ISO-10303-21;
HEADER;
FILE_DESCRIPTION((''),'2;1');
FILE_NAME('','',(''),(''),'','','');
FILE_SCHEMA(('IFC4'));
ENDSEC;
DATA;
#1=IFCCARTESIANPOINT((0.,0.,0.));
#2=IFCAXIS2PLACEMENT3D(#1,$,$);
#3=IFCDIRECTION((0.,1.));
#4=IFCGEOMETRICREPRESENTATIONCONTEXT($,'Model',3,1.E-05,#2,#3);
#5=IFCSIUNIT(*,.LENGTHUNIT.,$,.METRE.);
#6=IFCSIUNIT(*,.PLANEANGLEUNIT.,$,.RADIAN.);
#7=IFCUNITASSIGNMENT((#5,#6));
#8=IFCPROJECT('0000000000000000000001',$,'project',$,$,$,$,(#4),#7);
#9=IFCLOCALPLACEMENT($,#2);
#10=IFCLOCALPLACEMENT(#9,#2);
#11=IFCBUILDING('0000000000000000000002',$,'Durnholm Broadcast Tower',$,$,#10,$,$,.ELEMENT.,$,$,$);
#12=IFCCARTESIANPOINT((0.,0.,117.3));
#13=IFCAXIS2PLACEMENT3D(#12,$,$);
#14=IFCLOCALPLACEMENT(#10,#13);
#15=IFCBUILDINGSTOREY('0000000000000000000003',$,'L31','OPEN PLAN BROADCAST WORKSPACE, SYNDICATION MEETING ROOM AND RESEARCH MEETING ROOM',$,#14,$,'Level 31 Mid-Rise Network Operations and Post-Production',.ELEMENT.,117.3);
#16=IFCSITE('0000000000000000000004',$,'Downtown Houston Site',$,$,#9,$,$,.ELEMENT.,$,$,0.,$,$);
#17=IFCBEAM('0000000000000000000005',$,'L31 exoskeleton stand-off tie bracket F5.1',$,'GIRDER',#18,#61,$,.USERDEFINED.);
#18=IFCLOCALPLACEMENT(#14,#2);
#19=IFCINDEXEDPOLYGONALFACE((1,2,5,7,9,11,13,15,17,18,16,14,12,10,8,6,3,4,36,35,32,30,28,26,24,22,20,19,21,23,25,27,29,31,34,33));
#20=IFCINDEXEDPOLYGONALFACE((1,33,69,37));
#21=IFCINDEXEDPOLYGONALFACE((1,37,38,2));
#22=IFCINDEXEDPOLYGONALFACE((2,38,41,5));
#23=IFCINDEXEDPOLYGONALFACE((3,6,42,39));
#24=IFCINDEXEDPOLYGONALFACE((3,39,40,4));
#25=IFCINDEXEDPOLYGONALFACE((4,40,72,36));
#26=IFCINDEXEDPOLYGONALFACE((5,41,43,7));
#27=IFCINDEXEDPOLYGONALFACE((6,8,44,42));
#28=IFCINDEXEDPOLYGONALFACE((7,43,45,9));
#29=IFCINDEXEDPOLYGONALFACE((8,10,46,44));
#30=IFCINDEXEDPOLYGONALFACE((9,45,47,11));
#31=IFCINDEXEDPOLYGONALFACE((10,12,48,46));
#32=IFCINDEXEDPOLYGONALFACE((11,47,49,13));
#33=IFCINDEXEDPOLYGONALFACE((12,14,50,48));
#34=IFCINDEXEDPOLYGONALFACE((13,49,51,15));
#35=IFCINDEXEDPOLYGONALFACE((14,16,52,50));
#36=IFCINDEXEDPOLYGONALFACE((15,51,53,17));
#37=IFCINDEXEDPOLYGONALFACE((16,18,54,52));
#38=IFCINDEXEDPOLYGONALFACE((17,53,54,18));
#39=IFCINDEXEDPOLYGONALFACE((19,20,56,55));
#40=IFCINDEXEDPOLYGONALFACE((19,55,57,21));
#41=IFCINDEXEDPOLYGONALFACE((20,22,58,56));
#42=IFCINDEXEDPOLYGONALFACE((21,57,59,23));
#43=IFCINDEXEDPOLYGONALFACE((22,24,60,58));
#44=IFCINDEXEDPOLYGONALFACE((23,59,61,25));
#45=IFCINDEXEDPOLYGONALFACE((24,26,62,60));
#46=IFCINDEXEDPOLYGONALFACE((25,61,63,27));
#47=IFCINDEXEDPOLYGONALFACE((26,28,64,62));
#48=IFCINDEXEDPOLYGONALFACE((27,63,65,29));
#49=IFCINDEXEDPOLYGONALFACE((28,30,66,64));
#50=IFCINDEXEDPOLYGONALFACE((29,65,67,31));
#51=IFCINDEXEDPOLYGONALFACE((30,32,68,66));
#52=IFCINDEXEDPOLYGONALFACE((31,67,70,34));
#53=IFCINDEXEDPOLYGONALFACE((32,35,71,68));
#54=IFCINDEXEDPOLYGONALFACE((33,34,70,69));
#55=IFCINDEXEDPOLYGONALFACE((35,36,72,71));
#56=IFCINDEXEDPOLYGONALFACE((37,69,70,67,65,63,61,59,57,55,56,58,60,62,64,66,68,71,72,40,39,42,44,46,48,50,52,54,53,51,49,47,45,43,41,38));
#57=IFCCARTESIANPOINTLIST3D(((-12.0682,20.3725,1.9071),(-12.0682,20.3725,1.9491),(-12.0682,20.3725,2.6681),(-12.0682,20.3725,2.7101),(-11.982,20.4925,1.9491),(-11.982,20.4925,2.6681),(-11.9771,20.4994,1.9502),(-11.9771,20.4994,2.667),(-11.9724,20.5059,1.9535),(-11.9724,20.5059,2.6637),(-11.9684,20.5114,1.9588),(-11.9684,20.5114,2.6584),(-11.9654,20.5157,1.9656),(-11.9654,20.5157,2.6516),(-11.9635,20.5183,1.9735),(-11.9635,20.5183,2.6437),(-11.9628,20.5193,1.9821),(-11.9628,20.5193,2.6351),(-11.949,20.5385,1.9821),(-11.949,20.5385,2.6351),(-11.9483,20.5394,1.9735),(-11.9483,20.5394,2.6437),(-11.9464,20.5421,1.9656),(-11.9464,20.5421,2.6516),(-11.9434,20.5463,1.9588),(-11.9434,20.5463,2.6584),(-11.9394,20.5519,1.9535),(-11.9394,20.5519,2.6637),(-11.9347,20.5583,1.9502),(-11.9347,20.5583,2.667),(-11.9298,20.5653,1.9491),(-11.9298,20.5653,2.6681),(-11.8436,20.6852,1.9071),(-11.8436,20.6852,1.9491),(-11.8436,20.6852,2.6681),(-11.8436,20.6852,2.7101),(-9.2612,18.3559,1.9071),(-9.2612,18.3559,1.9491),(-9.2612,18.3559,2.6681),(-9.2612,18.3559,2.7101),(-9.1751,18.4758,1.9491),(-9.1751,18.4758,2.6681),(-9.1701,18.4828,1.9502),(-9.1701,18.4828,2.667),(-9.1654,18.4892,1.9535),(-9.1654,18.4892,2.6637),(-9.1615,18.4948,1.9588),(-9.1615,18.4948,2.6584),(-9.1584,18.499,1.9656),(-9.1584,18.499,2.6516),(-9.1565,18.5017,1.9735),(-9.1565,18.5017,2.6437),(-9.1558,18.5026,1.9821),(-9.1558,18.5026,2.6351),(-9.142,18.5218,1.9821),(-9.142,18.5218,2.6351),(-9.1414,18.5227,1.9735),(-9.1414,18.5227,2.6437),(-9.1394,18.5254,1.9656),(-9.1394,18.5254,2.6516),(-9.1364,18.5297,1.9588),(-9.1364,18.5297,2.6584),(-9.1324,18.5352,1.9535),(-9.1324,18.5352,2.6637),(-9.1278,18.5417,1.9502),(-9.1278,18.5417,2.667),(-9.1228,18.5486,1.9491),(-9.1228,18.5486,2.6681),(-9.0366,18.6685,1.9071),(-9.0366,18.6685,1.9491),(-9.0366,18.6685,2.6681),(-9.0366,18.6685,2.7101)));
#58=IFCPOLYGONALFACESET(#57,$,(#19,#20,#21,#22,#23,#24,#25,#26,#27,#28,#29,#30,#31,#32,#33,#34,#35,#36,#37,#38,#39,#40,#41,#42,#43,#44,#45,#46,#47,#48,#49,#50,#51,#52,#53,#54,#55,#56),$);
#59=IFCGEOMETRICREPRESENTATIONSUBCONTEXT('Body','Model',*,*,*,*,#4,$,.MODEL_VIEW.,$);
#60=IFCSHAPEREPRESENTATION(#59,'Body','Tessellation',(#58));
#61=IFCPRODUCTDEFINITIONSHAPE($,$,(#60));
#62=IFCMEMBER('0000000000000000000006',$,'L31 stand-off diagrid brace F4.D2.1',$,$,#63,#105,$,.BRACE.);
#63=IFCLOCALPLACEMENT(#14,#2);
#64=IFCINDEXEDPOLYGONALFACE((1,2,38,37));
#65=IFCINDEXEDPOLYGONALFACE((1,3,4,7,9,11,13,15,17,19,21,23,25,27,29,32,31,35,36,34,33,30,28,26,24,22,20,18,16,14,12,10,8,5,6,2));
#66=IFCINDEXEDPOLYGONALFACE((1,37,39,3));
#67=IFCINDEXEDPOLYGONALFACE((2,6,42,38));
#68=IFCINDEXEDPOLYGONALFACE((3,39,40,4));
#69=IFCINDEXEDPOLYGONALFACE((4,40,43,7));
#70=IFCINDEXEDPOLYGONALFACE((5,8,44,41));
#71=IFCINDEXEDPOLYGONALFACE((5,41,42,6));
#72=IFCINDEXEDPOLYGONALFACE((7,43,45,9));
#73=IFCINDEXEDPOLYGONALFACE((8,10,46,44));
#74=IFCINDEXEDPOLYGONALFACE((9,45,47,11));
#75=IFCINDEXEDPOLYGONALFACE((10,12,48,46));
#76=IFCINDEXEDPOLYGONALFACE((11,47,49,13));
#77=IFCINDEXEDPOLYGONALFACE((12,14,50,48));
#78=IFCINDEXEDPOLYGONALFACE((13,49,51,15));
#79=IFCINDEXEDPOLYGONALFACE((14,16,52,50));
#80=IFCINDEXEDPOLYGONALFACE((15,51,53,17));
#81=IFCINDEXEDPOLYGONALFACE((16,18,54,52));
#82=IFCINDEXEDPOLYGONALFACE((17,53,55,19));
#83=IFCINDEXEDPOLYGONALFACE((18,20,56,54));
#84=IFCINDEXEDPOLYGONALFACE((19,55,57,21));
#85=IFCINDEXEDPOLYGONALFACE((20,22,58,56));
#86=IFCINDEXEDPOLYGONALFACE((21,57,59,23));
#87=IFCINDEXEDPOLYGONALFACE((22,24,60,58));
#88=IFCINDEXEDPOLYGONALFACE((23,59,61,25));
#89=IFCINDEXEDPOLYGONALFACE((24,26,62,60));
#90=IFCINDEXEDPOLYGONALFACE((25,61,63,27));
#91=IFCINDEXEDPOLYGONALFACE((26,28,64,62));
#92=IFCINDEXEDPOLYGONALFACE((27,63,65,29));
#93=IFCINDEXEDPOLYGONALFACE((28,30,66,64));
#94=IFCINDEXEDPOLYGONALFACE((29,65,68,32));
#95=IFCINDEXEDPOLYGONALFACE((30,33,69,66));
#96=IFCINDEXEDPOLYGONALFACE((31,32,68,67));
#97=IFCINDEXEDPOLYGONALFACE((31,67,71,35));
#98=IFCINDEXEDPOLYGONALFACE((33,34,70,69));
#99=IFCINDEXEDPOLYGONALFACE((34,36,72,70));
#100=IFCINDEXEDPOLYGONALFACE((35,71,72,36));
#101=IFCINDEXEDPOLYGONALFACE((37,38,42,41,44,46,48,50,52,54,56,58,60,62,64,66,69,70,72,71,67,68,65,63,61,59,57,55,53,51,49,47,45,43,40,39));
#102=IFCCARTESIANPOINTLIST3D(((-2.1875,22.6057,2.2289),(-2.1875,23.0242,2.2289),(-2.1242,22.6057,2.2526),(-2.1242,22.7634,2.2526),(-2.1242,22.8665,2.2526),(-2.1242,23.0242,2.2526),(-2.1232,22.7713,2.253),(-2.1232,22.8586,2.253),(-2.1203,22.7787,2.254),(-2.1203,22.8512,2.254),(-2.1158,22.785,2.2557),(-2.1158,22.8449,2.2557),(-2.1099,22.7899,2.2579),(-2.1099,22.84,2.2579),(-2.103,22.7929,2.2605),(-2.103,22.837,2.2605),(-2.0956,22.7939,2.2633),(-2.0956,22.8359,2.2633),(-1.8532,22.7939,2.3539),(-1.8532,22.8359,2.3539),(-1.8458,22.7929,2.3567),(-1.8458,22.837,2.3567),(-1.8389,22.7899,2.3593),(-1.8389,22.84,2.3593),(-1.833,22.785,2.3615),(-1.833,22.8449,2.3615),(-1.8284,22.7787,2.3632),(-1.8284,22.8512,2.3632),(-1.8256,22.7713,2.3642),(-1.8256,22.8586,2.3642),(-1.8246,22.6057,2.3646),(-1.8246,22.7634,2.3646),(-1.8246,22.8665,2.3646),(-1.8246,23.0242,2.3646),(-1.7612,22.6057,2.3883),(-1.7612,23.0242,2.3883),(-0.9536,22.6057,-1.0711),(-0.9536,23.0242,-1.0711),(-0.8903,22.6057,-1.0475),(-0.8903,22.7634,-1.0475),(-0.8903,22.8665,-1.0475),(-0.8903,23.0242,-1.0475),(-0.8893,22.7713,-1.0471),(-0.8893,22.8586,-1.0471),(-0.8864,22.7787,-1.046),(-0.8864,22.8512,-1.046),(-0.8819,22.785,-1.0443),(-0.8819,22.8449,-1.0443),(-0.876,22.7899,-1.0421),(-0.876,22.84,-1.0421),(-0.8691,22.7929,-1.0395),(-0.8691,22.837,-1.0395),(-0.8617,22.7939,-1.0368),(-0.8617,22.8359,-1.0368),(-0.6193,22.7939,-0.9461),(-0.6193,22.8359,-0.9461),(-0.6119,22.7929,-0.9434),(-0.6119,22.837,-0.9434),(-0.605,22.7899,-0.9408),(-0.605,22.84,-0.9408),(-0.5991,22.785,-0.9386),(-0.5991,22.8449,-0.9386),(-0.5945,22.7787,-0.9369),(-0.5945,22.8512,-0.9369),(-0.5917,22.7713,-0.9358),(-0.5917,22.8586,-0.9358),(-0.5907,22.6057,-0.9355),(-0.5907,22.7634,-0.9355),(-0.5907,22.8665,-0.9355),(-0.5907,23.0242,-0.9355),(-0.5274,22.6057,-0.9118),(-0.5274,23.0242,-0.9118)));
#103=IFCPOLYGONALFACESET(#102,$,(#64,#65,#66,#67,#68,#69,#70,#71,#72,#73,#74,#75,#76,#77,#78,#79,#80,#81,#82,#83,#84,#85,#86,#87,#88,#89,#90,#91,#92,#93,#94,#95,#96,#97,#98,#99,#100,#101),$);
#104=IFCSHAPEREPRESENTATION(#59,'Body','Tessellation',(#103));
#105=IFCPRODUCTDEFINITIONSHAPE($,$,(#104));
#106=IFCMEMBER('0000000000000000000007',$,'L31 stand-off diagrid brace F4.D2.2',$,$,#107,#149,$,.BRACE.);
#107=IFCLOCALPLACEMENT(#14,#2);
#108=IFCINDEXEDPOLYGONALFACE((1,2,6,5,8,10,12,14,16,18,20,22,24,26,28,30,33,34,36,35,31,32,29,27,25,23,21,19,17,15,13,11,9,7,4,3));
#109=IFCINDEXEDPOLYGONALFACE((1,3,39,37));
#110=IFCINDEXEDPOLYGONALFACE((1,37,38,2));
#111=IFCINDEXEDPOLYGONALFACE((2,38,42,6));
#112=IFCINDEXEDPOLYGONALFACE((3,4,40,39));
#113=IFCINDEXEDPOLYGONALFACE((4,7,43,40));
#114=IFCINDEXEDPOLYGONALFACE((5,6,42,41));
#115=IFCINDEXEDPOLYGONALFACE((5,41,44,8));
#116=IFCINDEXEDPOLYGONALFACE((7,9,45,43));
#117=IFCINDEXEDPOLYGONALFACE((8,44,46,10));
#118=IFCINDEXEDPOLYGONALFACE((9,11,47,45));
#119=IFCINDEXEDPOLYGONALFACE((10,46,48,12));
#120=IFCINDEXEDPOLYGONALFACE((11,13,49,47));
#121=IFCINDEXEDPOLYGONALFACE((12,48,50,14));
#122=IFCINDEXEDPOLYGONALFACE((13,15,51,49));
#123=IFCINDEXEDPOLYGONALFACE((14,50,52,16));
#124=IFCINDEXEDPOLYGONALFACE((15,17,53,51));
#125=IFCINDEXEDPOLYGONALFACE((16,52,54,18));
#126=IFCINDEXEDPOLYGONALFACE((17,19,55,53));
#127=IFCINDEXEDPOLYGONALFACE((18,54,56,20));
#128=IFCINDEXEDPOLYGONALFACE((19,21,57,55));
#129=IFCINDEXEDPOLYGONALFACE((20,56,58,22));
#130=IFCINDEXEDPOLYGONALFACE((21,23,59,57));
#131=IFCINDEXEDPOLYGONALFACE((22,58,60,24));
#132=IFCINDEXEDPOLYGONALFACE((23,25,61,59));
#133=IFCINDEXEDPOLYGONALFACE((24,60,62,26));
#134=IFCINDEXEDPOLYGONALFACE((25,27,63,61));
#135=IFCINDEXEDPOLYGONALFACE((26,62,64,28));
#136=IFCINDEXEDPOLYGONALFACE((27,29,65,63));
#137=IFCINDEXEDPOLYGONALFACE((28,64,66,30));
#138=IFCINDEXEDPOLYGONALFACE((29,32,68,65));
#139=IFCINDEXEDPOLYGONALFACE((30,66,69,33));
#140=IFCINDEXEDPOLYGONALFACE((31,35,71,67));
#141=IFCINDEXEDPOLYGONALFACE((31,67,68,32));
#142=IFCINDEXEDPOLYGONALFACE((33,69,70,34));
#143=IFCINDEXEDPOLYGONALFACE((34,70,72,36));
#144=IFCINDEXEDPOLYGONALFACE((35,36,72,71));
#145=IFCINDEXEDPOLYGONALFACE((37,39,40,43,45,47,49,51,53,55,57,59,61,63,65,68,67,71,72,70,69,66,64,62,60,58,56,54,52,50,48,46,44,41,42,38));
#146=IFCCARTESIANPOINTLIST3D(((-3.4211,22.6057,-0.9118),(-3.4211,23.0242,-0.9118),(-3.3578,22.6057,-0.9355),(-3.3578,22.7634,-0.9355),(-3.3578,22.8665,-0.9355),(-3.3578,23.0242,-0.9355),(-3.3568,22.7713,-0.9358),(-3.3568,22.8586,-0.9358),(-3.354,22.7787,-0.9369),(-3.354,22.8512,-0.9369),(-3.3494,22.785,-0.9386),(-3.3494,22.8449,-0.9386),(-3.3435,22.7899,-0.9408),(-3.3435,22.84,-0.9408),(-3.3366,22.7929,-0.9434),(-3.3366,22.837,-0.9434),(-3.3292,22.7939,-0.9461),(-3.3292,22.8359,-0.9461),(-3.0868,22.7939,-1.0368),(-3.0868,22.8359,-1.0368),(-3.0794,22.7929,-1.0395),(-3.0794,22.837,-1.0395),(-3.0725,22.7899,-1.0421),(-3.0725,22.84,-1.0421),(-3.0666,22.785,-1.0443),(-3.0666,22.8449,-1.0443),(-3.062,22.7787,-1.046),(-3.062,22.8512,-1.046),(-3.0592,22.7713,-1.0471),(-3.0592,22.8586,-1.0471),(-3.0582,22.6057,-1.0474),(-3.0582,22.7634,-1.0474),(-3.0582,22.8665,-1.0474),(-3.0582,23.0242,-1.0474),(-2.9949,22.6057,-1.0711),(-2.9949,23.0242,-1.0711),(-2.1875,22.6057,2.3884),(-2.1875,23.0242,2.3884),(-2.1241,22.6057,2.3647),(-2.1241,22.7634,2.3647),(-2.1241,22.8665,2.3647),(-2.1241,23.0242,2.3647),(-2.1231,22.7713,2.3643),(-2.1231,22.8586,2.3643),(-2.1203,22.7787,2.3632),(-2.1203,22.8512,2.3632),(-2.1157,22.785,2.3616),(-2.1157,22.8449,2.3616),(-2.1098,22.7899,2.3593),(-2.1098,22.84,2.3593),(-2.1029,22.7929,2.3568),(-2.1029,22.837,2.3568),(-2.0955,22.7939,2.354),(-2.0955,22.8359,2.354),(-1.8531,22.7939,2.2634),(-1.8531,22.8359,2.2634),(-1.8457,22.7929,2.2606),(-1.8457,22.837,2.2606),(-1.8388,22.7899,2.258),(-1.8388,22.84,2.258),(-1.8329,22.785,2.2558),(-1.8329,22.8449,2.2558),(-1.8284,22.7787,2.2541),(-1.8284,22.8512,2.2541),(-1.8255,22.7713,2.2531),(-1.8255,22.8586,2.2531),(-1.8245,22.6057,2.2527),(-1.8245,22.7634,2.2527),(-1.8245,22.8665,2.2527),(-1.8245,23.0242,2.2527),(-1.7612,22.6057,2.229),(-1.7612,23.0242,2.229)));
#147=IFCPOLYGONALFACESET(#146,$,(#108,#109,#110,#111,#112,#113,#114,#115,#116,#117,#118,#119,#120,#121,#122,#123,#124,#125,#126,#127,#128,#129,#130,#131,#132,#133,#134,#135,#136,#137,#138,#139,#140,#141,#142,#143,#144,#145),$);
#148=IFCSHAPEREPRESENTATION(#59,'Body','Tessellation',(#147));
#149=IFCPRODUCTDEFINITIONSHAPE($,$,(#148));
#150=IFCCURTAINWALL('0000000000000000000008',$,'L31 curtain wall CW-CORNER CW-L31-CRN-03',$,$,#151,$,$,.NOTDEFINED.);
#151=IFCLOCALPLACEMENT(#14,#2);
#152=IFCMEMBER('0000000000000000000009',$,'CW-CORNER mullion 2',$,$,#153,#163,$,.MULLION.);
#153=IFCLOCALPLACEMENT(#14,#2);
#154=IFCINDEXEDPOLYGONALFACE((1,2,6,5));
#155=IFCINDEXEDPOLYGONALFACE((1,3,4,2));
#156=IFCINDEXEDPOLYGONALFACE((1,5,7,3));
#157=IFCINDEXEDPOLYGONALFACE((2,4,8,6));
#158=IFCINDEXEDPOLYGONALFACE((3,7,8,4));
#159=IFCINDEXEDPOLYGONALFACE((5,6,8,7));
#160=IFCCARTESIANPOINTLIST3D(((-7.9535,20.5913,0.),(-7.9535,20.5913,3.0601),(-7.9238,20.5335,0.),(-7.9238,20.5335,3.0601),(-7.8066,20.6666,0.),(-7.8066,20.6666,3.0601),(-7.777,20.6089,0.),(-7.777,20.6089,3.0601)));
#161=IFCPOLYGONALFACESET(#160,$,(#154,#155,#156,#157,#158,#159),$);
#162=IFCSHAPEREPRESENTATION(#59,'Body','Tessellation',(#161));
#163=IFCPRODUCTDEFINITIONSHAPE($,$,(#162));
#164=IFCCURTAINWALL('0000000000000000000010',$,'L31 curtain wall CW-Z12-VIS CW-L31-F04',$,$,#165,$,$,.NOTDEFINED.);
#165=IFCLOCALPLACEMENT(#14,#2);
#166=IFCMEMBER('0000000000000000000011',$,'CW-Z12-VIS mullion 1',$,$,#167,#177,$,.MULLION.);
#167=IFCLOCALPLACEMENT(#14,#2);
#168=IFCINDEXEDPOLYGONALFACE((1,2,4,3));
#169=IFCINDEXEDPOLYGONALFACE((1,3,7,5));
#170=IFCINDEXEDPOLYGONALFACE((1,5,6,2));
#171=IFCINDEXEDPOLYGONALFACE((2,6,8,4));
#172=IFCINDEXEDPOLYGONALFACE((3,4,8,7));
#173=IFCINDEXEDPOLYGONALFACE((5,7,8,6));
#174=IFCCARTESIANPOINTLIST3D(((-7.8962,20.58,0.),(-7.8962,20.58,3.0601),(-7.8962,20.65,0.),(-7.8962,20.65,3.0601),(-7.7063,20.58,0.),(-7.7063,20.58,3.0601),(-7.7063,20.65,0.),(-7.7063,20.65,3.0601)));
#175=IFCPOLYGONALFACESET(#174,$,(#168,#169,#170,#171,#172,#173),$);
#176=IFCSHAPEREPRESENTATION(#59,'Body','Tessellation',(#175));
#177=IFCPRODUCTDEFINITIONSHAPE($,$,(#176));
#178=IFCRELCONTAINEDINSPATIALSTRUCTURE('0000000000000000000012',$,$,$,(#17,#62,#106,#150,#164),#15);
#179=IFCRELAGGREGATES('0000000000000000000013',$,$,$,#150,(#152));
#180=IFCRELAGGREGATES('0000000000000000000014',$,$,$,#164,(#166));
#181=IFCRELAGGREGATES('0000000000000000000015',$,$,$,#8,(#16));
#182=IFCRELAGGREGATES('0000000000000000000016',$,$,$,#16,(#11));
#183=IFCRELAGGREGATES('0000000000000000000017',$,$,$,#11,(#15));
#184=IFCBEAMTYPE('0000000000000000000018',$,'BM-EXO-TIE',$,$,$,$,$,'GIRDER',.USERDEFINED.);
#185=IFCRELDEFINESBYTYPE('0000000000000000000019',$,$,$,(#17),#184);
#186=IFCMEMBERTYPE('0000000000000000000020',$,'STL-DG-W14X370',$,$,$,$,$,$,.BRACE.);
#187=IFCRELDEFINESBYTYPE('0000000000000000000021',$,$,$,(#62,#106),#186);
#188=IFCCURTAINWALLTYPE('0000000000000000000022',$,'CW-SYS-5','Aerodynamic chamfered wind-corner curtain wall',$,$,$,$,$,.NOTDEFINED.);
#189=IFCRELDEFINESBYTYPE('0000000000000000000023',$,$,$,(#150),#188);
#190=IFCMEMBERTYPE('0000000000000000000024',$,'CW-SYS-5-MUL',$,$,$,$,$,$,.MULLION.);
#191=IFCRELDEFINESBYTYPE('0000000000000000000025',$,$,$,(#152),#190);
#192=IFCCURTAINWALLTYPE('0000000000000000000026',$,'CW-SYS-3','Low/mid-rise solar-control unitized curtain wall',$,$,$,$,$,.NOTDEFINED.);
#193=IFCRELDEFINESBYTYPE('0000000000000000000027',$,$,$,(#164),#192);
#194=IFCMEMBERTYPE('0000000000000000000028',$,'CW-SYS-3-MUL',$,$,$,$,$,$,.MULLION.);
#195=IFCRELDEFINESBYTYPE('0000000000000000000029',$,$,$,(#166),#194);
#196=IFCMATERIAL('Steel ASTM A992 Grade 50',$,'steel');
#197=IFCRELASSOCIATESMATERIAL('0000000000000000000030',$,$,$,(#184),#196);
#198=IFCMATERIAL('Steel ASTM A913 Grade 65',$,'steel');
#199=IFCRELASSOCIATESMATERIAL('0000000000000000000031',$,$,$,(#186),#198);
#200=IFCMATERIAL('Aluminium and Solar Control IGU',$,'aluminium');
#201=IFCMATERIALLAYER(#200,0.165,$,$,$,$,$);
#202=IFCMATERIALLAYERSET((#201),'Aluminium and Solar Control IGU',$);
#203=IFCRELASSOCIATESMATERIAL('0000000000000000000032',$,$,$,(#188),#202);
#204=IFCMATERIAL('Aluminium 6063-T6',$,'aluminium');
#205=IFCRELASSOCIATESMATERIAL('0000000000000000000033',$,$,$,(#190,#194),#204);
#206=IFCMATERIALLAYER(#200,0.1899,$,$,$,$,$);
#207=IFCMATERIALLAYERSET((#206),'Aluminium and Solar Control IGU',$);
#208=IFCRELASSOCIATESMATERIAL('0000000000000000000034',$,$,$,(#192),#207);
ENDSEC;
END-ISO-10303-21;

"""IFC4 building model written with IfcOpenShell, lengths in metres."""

from ifc_helpers import new_model, si_unit, direction, frame, origin, origin_2d, place, context, subcontext, project, spatial, rectangle, i_section, extrude, source, transform, mapped, material, layer, layer_set, material_profile, profile_set, type_object, type_shapes, element, aggregate, save


model = new_model("IFC4")

# Units and contexts
model_context = context("Model", 3, precision=1e-05, world=origin(), true_north=direction((0.0, 1.0)))
body_context = subcontext(model_context, "Body", "Model", "MODEL_VIEW")
ifc_project = project(units=[si_unit("LENGTHUNIT", "METRE"), si_unit("PLANEANGLEUNIT", "RADIAN")], contexts=[model_context])

# Site, building, storey
site_placement = place(None, origin())
site = spatial("IfcSite", under=ifc_project, at=site_placement, Name="Downtown Houston Site", CompositionType="ELEMENT", RefElevation=0.0)
building_placement = place(site_placement, origin())
building = spatial("IfcBuilding", under=site, at=building_placement, Name="Durnholm Broadcast Tower", CompositionType="ELEMENT")
storey_placement = place(building_placement, frame((0.0, 0.0, 117.3)))
storey = spatial("IfcBuildingStorey", under=building, at=storey_placement, Name="L31", Description="OPEN PLAN BROADCAST WORKSPACE, SYNDICATION MEETING ROOM AND RESEARCH MEETING ROOM", LongName="Level 31 Mid-Rise Network Operations and Post-Production", CompositionType="ELEMENT", Elevation=117.3)

# Beam
ifc_material_1 = material(Name="Steel ASTM A992 Grade 50", Category="steel")
ifc_material_profile_1 = material_profile(ifc_material_1, i_section(OverallWidth=0.385, OverallDepth=0.803, WebThickness=0.0237, FlangeThickness=0.042, FilletRadius=0.033, at=origin_2d()), Name="W30X261")
ifc_profile_set_1 = profile_set([ifc_material_profile_1], Name="Steel ASTM A992 Grade 50")
beam_type_1 = type_object("IfcBeamType", Name="BM-EXO-TIE", ElementType="GIRDER", PredefinedType="USERDEFINED", material=ifc_profile_set_1)
shared_shape_1 = source(origin(), body_context, "Body", "SweptSolid", [
    extrude(i_section(OverallWidth=0.385, OverallDepth=0.803, WebThickness=0.0237, FlangeThickness=0.042, FilletRadius=0.033, at=origin_2d()), origin(), (0.0, 0.0, 1.0), 3.4563),
])
beam_1_placement = place(storey_placement, frame((-9.1489, 18.5122, 2.3086), z_axis=(-0.812131, 0.583474, 0.0), x_axis=(-0.583474, -0.812131, 0.0)))
element("IfcBeam", 1, at=beam_1_placement, inside=storey, type_object=beam_type_1, Name="L31 exoskeleton stand-off tie bracket F5.1", ObjectType="GIRDER", PredefinedType="USERDEFINED", context=body_context, shape_type="MappedRepresentation", body=[
    mapped(shared_shape_1, transform((0.0, 0.0, 0.0), x_axis=(1.0, 0.0, 0.0), y_axis=(0.0, 1.0, 0.0), z_axis=(0.0, 0.0, 1.0), scale=1.0)),
])

# Members
ifc_material_2 = material(Name="Steel ASTM A913 Grade 65", Category="steel")
ifc_material_profile_2 = material_profile(ifc_material_2, i_section(OverallWidth=0.4185, OverallDepth=0.4551, WebThickness=0.042, FlangeThickness=0.0676, FilletRadius=0.0305, at=origin_2d()), Name="W14X370")
ifc_profile_set_2 = profile_set([ifc_material_profile_2], Name="Steel ASTM A913 Grade 65")
member_type_1 = type_object("IfcMemberType", Name="STL-DG-W14X370", PredefinedType="BRACE", material=ifc_profile_set_2)
shared_shape_2 = source(origin(), body_context, "Body", "SweptSolid", [
    extrude(i_section(OverallWidth=0.4185, OverallDepth=0.4551, WebThickness=0.042, FlangeThickness=0.0676, FilletRadius=0.0305, at=origin_2d()), origin(), (0.0, 0.0, 1.0), 3.5232),
])
type_shapes(member_type_1, [shared_shape_2])
for number, where, z_axis, x_axis, name in (
    (2, (-0.7405, 22.8149, -0.9915), (-0.35022, 0.0, 0.936668), (0.0, -1.0, 0.0), "L31 stand-off diagrid brace F4.D2.1"),
    (3, (-3.208, 22.8149, -0.9915), (0.350159, 0.0, 0.93669), (0.0, 1.0, 0.0), "L31 stand-off diagrid brace F4.D2.2"),
):
    element("IfcMember", number, at=place(storey_placement, frame(where, z_axis=z_axis, x_axis=x_axis)), inside=storey, type_object=member_type_1, Name=name, PredefinedType="BRACE", context=body_context, shape_type="MappedRepresentation", body=[
        mapped(shared_shape_2, transform((0.0, 0.0, 0.0), x_axis=(1.0, 0.0, 0.0), y_axis=(0.0, 1.0, 0.0), z_axis=(0.0, 0.0, 1.0), scale=1.0)),
    ])

# Curtain wall, member
ifc_material_3 = material(Name="Aluminium and Solar Control IGU", Category="aluminium")
ifc_layer_1 = layer(ifc_material_3, 0.165)
ifc_layer_set_1 = layer_set([ifc_layer_1], Name="Aluminium and Solar Control IGU")
curtain_wall_type_1 = type_object("IfcCurtainWallType", Name="CW-SYS-5", Description="Aerodynamic chamfered wind-corner curtain wall", PredefinedType="NOTDEFINED", material=ifc_layer_set_1)
curtain_wall_1_placement = place(storey_placement, origin())
curtain_wall_1 = element("IfcCurtainWall", 4, at=curtain_wall_1_placement, inside=storey, type_object=curtain_wall_type_1, Name="L31 curtain wall CW-CORNER CW-L31-CRN-03", PredefinedType="NOTDEFINED")
ifc_material_4 = material(Name="Aluminium 6063-T6", Category="aluminium")
ifc_material_profile_3 = material_profile(ifc_material_4, rectangle(XDim=0.0649, YDim=0.165, at=origin_2d()), Name="CWM65X165")
ifc_profile_set_3 = profile_set([ifc_material_profile_3], Name="Aluminium 6063-T6")
member_type_2 = type_object("IfcMemberType", Name="CW-SYS-5-MUL", PredefinedType="MULLION", material=ifc_profile_set_3)
shared_shape_3 = source(origin(), body_context, "Body", "SweptSolid", [
    extrude(rectangle(XDim=0.0649, YDim=0.165, at=origin_2d()), origin(), (0.0, 0.0, 1.0), 3.0601),
])
type_shapes(member_type_2, [shared_shape_3])
member_1_placement = place(storey_placement, frame((-7.8652, 20.6001, 0.0), z_axis=(0.0, 0.0, 1.0), x_axis=(-0.456373, 0.889788, 0.0)))
member_1 = element("IfcMember", 5, at=member_1_placement, type_object=member_type_2, Name="CW-CORNER mullion 2", PredefinedType="MULLION", context=body_context, shape_type="MappedRepresentation", body=[
    mapped(shared_shape_3, transform((0.0, 0.0, 0.0), x_axis=(1.0, 0.0, 0.0), y_axis=(0.0, 1.0, 0.0), z_axis=(0.0, 0.0, 1.0), scale=1.0)),
])

# Curtain wall, member
ifc_layer_2 = layer(ifc_material_3, 0.1899)
ifc_layer_set_2 = layer_set([ifc_layer_2], Name="Aluminium and Solar Control IGU")
curtain_wall_type_2 = type_object("IfcCurtainWallType", Name="CW-SYS-3", Description="Low/mid-rise solar-control unitized curtain wall", PredefinedType="NOTDEFINED", material=ifc_layer_set_2)
curtain_wall_2_placement = place(storey_placement, origin())
curtain_wall_2 = element("IfcCurtainWall", 6, at=curtain_wall_2_placement, inside=storey, type_object=curtain_wall_type_2, Name="L31 curtain wall CW-Z12-VIS CW-L31-F04", PredefinedType="NOTDEFINED")
ifc_material_profile_4 = material_profile(ifc_material_4, rectangle(XDim=0.0701, YDim=0.1899, at=origin_2d()), Name="CWM70X190")
ifc_profile_set_4 = profile_set([ifc_material_profile_4], Name="Aluminium 6063-T6")
member_type_3 = type_object("IfcMemberType", Name="CW-SYS-3-MUL", PredefinedType="MULLION", material=ifc_profile_set_4)
shared_shape_4 = source(origin(), body_context, "Body", "SweptSolid", [
    extrude(rectangle(XDim=0.0701, YDim=0.1899, at=origin_2d()), origin(), (0.0, 0.0, 1.0), 3.0601),
])
type_shapes(member_type_3, [shared_shape_4])
member_2_placement = place(storey_placement, frame((-7.8013, 20.615, 0.0), z_axis=(0.0, 0.0, 1.0), x_axis=(0.0, 1.0, 0.0)))
member_2 = element("IfcMember", 7, at=member_2_placement, type_object=member_type_3, Name="CW-Z12-VIS mullion 1", PredefinedType="MULLION", context=body_context, shape_type="MappedRepresentation", body=[
    mapped(shared_shape_4, transform((0.0, 0.0, 0.0), x_axis=(1.0, 0.0, 0.0), y_axis=(0.0, 1.0, 0.0), z_axis=(0.0, 0.0, 1.0), scale=1.0)),
])

aggregate(curtain_wall_1, [member_1])
aggregate(curtain_wall_2, [member_2])

save(model, "model.ifc")
